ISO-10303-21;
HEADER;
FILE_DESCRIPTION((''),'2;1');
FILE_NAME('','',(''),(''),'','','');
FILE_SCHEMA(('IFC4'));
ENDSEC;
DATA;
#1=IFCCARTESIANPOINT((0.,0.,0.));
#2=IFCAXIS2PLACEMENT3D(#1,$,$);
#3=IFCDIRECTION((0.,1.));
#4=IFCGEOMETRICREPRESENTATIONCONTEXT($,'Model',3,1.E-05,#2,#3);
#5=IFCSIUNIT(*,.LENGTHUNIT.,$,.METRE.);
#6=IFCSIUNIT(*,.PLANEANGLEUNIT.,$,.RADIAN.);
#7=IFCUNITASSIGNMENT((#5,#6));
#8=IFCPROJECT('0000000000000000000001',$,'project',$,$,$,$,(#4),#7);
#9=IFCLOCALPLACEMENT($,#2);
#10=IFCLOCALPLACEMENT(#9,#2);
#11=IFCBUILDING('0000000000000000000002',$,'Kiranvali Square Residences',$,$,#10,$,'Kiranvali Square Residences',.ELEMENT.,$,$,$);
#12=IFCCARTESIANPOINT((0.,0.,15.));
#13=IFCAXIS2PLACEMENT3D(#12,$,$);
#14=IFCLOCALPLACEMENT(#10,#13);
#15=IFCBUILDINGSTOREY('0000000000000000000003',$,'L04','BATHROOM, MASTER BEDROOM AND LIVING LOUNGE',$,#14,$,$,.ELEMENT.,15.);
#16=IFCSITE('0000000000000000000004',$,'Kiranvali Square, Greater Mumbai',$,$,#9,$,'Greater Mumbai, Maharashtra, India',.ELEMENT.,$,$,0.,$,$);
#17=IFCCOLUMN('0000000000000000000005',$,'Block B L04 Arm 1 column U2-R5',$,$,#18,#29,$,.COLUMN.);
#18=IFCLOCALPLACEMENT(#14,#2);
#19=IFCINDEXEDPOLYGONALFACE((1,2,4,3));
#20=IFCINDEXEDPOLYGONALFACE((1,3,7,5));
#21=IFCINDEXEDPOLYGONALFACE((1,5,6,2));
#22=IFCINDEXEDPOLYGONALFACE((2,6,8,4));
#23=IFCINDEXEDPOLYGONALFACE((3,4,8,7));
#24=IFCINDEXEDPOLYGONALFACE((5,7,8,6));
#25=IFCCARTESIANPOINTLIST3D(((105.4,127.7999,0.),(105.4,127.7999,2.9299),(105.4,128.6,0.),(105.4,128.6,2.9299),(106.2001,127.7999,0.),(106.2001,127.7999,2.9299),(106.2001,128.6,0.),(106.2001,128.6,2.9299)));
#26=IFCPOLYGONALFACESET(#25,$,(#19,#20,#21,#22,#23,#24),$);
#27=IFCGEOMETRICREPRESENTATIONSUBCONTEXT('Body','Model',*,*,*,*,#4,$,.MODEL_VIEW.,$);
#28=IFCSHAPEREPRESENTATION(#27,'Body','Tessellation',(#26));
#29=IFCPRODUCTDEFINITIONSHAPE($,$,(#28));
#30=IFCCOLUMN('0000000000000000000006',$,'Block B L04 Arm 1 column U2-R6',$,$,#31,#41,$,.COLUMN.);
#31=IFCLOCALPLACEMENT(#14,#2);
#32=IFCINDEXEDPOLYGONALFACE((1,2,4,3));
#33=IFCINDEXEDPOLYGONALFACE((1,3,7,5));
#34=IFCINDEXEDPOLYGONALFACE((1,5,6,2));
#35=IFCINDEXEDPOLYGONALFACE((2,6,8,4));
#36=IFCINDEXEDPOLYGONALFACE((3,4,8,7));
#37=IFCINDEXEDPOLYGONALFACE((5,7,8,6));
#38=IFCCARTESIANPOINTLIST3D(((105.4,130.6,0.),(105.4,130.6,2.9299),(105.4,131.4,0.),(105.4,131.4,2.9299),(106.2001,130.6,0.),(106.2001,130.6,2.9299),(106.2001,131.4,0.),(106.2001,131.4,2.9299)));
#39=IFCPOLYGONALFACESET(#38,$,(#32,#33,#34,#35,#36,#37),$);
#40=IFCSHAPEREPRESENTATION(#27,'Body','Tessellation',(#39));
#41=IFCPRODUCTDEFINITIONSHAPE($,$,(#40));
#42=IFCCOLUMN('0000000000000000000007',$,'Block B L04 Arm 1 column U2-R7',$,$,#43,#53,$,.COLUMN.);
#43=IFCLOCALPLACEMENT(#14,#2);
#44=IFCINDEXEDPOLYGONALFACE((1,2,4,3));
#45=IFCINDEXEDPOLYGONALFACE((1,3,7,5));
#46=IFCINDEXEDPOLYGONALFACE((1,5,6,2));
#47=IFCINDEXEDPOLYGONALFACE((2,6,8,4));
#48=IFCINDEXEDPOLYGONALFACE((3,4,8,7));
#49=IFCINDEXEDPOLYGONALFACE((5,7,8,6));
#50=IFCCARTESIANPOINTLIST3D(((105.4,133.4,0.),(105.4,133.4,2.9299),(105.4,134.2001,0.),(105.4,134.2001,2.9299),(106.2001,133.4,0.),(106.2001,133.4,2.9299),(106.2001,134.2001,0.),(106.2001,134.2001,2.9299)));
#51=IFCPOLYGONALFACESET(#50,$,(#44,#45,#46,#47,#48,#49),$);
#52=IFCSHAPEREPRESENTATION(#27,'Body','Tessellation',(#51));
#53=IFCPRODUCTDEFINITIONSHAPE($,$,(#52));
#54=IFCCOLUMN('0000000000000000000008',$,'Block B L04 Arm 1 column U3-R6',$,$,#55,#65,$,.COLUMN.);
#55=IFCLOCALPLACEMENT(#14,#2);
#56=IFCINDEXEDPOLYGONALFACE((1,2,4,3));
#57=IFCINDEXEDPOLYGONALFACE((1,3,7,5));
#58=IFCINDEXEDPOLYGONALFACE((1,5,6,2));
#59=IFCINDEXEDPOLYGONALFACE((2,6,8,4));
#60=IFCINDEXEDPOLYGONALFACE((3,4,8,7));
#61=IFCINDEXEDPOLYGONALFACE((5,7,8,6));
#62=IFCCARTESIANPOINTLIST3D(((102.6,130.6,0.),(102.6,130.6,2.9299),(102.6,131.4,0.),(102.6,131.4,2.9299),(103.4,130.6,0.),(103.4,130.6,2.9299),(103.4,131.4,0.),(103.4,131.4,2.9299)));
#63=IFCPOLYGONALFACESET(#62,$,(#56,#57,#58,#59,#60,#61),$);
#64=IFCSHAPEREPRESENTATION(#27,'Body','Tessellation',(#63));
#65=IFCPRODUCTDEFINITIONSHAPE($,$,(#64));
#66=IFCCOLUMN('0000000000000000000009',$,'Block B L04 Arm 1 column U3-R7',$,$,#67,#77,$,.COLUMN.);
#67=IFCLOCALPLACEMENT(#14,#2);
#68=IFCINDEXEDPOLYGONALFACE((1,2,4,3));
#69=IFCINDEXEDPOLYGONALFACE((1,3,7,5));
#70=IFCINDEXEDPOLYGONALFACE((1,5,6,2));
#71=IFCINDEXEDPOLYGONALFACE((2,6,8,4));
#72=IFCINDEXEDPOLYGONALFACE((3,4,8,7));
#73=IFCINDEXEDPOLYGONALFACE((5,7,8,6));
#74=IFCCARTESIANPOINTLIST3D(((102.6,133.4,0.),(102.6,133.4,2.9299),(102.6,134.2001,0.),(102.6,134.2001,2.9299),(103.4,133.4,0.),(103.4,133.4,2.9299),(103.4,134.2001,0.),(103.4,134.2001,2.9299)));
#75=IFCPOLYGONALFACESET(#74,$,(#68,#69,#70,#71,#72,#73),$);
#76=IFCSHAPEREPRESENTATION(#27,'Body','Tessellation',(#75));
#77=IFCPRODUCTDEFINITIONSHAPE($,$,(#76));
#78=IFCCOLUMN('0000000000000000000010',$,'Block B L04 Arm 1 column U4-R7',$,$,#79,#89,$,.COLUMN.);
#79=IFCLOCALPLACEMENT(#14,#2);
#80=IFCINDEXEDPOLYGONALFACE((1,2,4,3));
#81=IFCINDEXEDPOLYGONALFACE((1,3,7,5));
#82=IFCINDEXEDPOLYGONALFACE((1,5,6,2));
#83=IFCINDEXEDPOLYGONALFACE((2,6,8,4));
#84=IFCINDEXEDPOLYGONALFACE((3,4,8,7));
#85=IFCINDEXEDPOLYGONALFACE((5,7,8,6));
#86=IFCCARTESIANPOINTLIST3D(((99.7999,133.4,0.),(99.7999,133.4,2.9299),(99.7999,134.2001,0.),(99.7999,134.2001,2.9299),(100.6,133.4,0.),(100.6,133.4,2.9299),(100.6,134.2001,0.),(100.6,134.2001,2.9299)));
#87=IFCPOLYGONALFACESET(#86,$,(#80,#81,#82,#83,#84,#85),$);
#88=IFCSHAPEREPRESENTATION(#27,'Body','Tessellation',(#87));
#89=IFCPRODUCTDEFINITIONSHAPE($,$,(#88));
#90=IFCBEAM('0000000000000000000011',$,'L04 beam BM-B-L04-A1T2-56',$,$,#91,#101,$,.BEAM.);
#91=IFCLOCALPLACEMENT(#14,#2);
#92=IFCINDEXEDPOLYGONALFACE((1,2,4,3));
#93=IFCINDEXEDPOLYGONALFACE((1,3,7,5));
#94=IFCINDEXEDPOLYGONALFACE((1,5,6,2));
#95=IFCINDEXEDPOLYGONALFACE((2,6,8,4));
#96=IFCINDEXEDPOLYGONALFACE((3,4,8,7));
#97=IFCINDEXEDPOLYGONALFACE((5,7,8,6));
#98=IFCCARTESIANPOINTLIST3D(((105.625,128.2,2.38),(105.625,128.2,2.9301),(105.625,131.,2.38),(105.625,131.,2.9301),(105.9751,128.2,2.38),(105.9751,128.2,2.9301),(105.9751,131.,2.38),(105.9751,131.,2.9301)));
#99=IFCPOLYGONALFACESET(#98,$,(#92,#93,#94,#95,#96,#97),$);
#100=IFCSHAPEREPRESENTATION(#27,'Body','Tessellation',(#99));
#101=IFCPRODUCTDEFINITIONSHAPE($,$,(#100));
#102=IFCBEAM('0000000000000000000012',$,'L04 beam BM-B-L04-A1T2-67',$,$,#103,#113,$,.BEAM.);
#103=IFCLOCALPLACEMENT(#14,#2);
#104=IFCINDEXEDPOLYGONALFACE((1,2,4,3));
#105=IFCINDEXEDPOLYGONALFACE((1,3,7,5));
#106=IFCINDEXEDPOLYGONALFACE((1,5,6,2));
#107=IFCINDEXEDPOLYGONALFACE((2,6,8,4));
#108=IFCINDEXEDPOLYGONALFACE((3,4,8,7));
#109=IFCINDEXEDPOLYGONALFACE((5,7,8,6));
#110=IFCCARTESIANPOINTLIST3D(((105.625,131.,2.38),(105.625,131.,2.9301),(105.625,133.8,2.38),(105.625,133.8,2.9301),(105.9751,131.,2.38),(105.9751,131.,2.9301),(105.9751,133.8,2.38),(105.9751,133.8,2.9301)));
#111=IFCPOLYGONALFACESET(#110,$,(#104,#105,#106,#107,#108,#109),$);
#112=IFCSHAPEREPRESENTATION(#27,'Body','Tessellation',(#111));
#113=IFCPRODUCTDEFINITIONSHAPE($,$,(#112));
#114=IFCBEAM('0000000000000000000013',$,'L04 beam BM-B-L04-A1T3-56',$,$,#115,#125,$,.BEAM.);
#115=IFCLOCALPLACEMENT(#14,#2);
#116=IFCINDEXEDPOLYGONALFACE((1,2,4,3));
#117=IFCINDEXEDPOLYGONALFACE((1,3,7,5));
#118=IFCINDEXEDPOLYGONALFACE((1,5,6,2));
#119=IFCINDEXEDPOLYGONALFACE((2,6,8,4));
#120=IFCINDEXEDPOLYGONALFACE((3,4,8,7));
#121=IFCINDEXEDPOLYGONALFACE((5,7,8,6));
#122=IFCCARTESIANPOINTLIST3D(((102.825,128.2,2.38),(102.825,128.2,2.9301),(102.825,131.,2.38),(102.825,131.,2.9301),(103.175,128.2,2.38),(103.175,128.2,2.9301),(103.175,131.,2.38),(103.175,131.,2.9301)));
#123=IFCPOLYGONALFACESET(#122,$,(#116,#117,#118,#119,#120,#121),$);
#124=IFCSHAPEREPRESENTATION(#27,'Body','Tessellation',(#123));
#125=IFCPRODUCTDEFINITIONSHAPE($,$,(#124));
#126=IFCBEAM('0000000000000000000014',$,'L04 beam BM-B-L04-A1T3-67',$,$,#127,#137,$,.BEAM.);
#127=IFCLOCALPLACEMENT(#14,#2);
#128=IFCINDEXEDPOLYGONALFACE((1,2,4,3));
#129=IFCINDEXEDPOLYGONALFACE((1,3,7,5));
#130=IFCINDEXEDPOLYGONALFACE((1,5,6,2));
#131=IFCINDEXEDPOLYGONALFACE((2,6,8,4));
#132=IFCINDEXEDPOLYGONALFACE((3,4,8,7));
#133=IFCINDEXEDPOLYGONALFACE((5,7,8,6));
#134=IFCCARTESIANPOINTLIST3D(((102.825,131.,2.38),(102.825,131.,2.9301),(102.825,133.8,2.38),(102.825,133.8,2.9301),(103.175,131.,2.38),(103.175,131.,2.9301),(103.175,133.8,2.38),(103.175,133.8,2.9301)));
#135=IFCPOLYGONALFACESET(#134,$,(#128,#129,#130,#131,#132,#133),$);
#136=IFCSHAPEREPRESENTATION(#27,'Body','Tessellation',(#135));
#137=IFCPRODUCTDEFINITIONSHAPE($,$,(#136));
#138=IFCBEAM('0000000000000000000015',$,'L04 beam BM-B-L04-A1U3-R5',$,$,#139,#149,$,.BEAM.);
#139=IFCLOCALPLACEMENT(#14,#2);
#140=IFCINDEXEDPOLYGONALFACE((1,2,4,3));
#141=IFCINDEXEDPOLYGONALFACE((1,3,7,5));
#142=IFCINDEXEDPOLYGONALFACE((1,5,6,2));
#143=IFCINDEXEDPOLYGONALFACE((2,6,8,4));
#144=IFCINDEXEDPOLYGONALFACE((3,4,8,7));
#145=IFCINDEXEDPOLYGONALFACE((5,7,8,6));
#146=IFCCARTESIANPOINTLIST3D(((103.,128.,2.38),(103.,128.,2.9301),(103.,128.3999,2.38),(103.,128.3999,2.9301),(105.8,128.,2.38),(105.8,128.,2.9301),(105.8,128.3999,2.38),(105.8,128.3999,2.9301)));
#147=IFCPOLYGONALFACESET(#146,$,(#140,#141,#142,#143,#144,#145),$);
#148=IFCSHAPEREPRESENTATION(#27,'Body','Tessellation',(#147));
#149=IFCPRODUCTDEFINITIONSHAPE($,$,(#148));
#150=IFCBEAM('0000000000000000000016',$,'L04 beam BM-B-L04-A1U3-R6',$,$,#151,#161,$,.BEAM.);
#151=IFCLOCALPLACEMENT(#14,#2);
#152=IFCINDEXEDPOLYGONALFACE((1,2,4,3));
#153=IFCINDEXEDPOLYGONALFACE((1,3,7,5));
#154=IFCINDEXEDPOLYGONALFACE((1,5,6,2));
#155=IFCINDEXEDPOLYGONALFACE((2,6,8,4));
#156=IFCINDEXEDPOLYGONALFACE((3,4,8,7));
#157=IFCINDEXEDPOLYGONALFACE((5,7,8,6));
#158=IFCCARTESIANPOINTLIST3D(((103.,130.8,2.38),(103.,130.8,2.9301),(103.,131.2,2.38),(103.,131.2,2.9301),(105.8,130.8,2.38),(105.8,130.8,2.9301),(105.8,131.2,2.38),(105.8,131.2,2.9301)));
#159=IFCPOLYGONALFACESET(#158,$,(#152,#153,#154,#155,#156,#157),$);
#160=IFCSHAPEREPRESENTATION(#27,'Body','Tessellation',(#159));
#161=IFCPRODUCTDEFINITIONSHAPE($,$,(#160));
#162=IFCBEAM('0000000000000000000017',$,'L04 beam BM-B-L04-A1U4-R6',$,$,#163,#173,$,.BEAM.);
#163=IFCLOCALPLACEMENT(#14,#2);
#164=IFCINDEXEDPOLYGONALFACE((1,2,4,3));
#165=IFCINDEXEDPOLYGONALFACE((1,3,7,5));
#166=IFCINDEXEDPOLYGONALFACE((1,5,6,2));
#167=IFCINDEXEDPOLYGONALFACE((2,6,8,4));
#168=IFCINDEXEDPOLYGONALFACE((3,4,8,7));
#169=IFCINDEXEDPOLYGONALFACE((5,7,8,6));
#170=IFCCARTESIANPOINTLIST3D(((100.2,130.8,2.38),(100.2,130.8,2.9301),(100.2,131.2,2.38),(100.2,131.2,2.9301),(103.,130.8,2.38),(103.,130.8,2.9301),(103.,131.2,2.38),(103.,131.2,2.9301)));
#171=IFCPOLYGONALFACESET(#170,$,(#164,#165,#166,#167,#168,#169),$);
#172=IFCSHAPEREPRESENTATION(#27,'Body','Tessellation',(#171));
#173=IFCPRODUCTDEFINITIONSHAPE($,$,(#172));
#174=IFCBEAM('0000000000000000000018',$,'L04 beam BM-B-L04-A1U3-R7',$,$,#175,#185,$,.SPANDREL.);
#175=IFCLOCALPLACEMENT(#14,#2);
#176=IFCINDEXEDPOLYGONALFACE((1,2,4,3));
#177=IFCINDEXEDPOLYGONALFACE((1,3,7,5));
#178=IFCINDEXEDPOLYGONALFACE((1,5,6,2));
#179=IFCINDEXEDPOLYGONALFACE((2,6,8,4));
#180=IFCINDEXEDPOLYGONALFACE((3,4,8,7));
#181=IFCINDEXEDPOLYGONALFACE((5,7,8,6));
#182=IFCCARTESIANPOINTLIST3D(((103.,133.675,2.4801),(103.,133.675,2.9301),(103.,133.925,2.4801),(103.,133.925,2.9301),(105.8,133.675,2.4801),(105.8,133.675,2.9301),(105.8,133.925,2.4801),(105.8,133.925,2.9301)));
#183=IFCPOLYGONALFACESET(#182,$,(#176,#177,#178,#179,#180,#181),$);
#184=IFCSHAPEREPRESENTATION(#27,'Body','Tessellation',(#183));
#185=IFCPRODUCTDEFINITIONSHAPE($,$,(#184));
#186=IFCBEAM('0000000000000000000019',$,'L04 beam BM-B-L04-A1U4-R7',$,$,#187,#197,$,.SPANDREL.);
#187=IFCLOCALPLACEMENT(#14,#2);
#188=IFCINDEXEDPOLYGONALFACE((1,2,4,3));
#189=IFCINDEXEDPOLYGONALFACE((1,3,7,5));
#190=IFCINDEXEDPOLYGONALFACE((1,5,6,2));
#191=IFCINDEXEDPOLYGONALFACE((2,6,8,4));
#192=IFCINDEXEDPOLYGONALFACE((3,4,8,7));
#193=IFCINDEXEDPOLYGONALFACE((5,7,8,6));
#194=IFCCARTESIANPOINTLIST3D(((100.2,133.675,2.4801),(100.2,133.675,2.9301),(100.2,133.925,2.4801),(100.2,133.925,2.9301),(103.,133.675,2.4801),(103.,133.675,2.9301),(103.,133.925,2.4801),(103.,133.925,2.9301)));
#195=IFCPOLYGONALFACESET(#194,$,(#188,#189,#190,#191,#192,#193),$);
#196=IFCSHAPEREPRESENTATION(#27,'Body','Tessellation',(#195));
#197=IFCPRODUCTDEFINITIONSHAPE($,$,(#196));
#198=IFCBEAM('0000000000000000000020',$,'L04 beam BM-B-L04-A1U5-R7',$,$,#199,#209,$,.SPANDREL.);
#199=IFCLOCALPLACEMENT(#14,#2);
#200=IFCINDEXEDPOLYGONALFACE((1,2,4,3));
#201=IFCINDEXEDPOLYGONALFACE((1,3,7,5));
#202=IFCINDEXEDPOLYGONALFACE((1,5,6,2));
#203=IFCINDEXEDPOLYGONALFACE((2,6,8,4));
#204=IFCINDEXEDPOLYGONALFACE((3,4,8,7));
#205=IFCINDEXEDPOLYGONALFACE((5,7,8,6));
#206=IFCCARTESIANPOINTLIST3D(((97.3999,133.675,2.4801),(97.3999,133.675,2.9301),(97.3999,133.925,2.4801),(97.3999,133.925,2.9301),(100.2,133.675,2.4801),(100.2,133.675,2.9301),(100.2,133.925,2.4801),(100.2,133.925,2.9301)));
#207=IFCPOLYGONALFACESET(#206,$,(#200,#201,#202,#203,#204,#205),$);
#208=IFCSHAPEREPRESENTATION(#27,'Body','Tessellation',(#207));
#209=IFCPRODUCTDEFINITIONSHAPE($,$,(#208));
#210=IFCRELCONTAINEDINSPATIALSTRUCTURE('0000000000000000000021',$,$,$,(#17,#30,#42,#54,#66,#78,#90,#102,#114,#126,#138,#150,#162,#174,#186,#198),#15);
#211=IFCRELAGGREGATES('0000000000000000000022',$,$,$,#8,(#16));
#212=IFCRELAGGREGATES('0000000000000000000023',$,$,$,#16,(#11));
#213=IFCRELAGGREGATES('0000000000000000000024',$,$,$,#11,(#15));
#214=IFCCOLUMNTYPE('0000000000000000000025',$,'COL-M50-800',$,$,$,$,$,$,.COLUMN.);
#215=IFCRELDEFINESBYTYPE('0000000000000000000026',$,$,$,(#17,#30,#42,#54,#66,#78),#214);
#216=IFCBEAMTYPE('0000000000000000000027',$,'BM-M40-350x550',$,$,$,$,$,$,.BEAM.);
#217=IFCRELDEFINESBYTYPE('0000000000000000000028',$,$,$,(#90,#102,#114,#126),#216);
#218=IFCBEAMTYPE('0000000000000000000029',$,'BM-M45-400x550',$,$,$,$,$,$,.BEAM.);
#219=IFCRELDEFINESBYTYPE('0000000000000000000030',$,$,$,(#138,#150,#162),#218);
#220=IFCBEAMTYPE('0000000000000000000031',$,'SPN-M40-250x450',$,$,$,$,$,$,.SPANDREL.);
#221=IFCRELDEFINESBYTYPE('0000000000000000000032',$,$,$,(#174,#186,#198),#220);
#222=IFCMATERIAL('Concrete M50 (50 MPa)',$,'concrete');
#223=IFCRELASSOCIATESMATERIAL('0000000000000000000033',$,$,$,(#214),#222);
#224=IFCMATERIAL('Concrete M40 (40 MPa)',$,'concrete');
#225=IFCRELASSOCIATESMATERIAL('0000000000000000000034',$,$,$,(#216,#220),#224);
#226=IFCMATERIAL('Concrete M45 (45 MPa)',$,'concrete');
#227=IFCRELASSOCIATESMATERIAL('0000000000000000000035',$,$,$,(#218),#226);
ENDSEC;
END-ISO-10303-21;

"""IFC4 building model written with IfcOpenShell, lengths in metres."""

from ifc_helpers import new_model, si_unit, direction, frame, origin, origin_2d, place, context, subcontext, project, spatial, rectangle, extrude, material, material_profile, profile_set, type_object, element, save


model = new_model("IFC4")

# Units and contexts
model_context = context("Model", 3, precision=1e-05, world=origin(), true_north=direction((0.0, 1.0)))
body_context = subcontext(model_context, "Body", "Model", "MODEL_VIEW")
ifc_project = project(units=[si_unit("LENGTHUNIT", "METRE"), si_unit("PLANEANGLEUNIT", "RADIAN")], contexts=[model_context])

# Site, building, storey
site_placement = place(None, origin())
site = spatial("IfcSite", under=ifc_project, at=site_placement, Name="Kiranvali Square, Greater Mumbai", LongName="Greater Mumbai, Maharashtra, India", CompositionType="ELEMENT", RefElevation=0.0)
building_placement = place(site_placement, origin())
building = spatial("IfcBuilding", under=site, at=building_placement, Name="Kiranvali Square Residences", LongName="Kiranvali Square Residences", CompositionType="ELEMENT")
storey_placement = place(building_placement, frame((0.0, 0.0, 15.0)))
storey = spatial("IfcBuildingStorey", under=building, at=storey_placement, Name="L04", Description="BATHROOM, MASTER BEDROOM AND LIVING LOUNGE", CompositionType="ELEMENT", Elevation=15.0)

# Columns
ifc_material_1 = material(Name="Concrete M50 (50 MPa)", Category="concrete")
ifc_material_profile_1 = material_profile(ifc_material_1, rectangle(XDim=0.8, YDim=0.8, at=origin_2d()), Name="RC 800x800")
ifc_profile_set_1 = profile_set([ifc_material_profile_1], Name="Concrete M50 (50 MPa)")
column_type = type_object("IfcColumnType", Name="COL-M50-800", PredefinedType="COLUMN", material=ifc_profile_set_1)
for number, where, z_axis, x_axis, name in (
    (1, (105.8, 128.2, 0.0), (0.0, 0.0, 1.0), (1.0, 0.0, 0.0), "Block B L04 Arm 1 column U2-R5"),
    (2, (105.8, 131.0, 0.0), (0.0, 0.0, 1.0), (1.0, 0.0, 0.0), "Block B L04 Arm 1 column U2-R6"),
    (3, (105.8, 133.8, 0.0), (0.0, 0.0, 1.0), (1.0, 0.0, 0.0), "Block B L04 Arm 1 column U2-R7"),
    (4, (103.0, 131.0, 0.0), (0.0, 0.0, 1.0), (1.0, 0.0, 0.0), "Block B L04 Arm 1 column U3-R6"),
    (5, (103.0, 133.8, 0.0), (0.0, 0.0, 1.0), (1.0, 0.0, 0.0), "Block B L04 Arm 1 column U3-R7"),
    (6, (100.2, 133.8, 0.0), (0.0, 0.0, 1.0), (1.0, 0.0, 0.0), "Block B L04 Arm 1 column U4-R7"),
):
    element("IfcColumn", number, at=place(storey_placement, frame(where, z_axis=z_axis, x_axis=x_axis)), inside=storey, type_object=column_type, Name=name, PredefinedType="COLUMN", context=body_context, shape_type="SweptSolid", body=[
        extrude(rectangle(XDim=0.8, YDim=0.8, at=origin_2d()), origin(), (0.0, 0.0, 1.0), 2.9299),
    ])

# Beams
ifc_material_2 = material(Name="Concrete M40 (40 MPa)", Category="concrete")
ifc_material_profile_2 = material_profile(ifc_material_2, rectangle(XDim=0.3501, YDim=0.55, at=origin_2d()), Name="RC 350x550")
ifc_profile_set_2 = profile_set([ifc_material_profile_2], Name="Concrete M40 (40 MPa)")
beam_type_1 = type_object("IfcBeamType", Name="BM-M40-350x550", PredefinedType="BEAM", material=ifc_profile_set_2)
for number, where, z_axis, x_axis, name in (
    (7, (105.8, 128.2, 2.655), (0.0, 1.0, 0.0), (-1.0, 0.0, 0.0), "L04 beam BM-B-L04-A1T2-56"),
    (8, (105.8, 131.0, 2.655), (0.0, 1.0, 0.0), (-1.0, 0.0, 0.0), "L04 beam BM-B-L04-A1T2-67"),
    (9, (103.0, 128.2, 2.655), (0.0, 1.0, 0.0), (-1.0, 0.0, 0.0), "L04 beam BM-B-L04-A1T3-56"),
    (10, (103.0, 131.0, 2.655), (0.0, 1.0, 0.0), (-1.0, 0.0, 0.0), "L04 beam BM-B-L04-A1T3-67"),
):
    element("IfcBeam", number, at=place(storey_placement, frame(where, z_axis=z_axis, x_axis=x_axis)), inside=storey, type_object=beam_type_1, Name=name, PredefinedType="BEAM", context=body_context, shape_type="SweptSolid", body=[
        extrude(rectangle(XDim=0.3501, YDim=0.55, at=origin_2d()), origin(), (0.0, 0.0, 1.0), 2.8),
    ])
ifc_material_3 = material(Name="Concrete M45 (45 MPa)", Category="concrete")
ifc_material_profile_3 = material_profile(ifc_material_3, rectangle(XDim=0.3999, YDim=0.55, at=origin_2d()), Name="RC 400x550")
ifc_profile_set_3 = profile_set([ifc_material_profile_3], Name="Concrete M45 (45 MPa)")
beam_type_2 = type_object("IfcBeamType", Name="BM-M45-400x550", PredefinedType="BEAM", material=ifc_profile_set_3)
for number, where, z_axis, x_axis, name in (
    (11, (105.8, 128.2, 2.655), (-1.0, 0.0, 0.0), (0.0, -1.0, 0.0), "L04 beam BM-B-L04-A1U3-R5"),
    (12, (105.8, 131.0, 2.655), (-1.0, 0.0, 0.0), (0.0, -1.0, 0.0), "L04 beam BM-B-L04-A1U3-R6"),
    (13, (103.0, 131.0, 2.655), (-1.0, 0.0, 0.0), (0.0, -1.0, 0.0), "L04 beam BM-B-L04-A1U4-R6"),
):
    element("IfcBeam", number, at=place(storey_placement, frame(where, z_axis=z_axis, x_axis=x_axis)), inside=storey, type_object=beam_type_2, Name=name, PredefinedType="BEAM", context=body_context, shape_type="SweptSolid", body=[
        extrude(rectangle(XDim=0.3999, YDim=0.55, at=origin_2d()), origin(), (0.0, 0.0, 1.0), 2.8),
    ])
ifc_material_profile_4 = material_profile(ifc_material_2, rectangle(XDim=0.25, YDim=0.45, at=origin_2d()), Name="RC 250x450")
ifc_profile_set_4 = profile_set([ifc_material_profile_4], Name="Concrete M40 (40 MPa)")
beam_type_3 = type_object("IfcBeamType", Name="SPN-M40-250x450", PredefinedType="SPANDREL", material=ifc_profile_set_4)
for number, where, z_axis, x_axis, name in (
    (14, (105.8, 133.8, 2.7051), (-1.0, 0.0, 0.0), (0.0, -1.0, 0.0), "L04 beam BM-B-L04-A1U3-R7"),
    (15, (103.0, 133.8, 2.7051), (-1.0, 0.0, 0.0), (0.0, -1.0, 0.0), "L04 beam BM-B-L04-A1U4-R7"),
    (16, (100.2, 133.8, 2.7051), (-1.0, 0.0, 0.0), (0.0, -1.0, 0.0), "L04 beam BM-B-L04-A1U5-R7"),
):
    element("IfcBeam", number, at=place(storey_placement, frame(where, z_axis=z_axis, x_axis=x_axis)), inside=storey, type_object=beam_type_3, Name=name, PredefinedType="SPANDREL", context=body_context, shape_type="SweptSolid", body=[
        extrude(rectangle(XDim=0.25, YDim=0.45, at=origin_2d()), origin(), (0.0, 0.0, 1.0), 2.8),
    ])

save(model, "model.ifc")
